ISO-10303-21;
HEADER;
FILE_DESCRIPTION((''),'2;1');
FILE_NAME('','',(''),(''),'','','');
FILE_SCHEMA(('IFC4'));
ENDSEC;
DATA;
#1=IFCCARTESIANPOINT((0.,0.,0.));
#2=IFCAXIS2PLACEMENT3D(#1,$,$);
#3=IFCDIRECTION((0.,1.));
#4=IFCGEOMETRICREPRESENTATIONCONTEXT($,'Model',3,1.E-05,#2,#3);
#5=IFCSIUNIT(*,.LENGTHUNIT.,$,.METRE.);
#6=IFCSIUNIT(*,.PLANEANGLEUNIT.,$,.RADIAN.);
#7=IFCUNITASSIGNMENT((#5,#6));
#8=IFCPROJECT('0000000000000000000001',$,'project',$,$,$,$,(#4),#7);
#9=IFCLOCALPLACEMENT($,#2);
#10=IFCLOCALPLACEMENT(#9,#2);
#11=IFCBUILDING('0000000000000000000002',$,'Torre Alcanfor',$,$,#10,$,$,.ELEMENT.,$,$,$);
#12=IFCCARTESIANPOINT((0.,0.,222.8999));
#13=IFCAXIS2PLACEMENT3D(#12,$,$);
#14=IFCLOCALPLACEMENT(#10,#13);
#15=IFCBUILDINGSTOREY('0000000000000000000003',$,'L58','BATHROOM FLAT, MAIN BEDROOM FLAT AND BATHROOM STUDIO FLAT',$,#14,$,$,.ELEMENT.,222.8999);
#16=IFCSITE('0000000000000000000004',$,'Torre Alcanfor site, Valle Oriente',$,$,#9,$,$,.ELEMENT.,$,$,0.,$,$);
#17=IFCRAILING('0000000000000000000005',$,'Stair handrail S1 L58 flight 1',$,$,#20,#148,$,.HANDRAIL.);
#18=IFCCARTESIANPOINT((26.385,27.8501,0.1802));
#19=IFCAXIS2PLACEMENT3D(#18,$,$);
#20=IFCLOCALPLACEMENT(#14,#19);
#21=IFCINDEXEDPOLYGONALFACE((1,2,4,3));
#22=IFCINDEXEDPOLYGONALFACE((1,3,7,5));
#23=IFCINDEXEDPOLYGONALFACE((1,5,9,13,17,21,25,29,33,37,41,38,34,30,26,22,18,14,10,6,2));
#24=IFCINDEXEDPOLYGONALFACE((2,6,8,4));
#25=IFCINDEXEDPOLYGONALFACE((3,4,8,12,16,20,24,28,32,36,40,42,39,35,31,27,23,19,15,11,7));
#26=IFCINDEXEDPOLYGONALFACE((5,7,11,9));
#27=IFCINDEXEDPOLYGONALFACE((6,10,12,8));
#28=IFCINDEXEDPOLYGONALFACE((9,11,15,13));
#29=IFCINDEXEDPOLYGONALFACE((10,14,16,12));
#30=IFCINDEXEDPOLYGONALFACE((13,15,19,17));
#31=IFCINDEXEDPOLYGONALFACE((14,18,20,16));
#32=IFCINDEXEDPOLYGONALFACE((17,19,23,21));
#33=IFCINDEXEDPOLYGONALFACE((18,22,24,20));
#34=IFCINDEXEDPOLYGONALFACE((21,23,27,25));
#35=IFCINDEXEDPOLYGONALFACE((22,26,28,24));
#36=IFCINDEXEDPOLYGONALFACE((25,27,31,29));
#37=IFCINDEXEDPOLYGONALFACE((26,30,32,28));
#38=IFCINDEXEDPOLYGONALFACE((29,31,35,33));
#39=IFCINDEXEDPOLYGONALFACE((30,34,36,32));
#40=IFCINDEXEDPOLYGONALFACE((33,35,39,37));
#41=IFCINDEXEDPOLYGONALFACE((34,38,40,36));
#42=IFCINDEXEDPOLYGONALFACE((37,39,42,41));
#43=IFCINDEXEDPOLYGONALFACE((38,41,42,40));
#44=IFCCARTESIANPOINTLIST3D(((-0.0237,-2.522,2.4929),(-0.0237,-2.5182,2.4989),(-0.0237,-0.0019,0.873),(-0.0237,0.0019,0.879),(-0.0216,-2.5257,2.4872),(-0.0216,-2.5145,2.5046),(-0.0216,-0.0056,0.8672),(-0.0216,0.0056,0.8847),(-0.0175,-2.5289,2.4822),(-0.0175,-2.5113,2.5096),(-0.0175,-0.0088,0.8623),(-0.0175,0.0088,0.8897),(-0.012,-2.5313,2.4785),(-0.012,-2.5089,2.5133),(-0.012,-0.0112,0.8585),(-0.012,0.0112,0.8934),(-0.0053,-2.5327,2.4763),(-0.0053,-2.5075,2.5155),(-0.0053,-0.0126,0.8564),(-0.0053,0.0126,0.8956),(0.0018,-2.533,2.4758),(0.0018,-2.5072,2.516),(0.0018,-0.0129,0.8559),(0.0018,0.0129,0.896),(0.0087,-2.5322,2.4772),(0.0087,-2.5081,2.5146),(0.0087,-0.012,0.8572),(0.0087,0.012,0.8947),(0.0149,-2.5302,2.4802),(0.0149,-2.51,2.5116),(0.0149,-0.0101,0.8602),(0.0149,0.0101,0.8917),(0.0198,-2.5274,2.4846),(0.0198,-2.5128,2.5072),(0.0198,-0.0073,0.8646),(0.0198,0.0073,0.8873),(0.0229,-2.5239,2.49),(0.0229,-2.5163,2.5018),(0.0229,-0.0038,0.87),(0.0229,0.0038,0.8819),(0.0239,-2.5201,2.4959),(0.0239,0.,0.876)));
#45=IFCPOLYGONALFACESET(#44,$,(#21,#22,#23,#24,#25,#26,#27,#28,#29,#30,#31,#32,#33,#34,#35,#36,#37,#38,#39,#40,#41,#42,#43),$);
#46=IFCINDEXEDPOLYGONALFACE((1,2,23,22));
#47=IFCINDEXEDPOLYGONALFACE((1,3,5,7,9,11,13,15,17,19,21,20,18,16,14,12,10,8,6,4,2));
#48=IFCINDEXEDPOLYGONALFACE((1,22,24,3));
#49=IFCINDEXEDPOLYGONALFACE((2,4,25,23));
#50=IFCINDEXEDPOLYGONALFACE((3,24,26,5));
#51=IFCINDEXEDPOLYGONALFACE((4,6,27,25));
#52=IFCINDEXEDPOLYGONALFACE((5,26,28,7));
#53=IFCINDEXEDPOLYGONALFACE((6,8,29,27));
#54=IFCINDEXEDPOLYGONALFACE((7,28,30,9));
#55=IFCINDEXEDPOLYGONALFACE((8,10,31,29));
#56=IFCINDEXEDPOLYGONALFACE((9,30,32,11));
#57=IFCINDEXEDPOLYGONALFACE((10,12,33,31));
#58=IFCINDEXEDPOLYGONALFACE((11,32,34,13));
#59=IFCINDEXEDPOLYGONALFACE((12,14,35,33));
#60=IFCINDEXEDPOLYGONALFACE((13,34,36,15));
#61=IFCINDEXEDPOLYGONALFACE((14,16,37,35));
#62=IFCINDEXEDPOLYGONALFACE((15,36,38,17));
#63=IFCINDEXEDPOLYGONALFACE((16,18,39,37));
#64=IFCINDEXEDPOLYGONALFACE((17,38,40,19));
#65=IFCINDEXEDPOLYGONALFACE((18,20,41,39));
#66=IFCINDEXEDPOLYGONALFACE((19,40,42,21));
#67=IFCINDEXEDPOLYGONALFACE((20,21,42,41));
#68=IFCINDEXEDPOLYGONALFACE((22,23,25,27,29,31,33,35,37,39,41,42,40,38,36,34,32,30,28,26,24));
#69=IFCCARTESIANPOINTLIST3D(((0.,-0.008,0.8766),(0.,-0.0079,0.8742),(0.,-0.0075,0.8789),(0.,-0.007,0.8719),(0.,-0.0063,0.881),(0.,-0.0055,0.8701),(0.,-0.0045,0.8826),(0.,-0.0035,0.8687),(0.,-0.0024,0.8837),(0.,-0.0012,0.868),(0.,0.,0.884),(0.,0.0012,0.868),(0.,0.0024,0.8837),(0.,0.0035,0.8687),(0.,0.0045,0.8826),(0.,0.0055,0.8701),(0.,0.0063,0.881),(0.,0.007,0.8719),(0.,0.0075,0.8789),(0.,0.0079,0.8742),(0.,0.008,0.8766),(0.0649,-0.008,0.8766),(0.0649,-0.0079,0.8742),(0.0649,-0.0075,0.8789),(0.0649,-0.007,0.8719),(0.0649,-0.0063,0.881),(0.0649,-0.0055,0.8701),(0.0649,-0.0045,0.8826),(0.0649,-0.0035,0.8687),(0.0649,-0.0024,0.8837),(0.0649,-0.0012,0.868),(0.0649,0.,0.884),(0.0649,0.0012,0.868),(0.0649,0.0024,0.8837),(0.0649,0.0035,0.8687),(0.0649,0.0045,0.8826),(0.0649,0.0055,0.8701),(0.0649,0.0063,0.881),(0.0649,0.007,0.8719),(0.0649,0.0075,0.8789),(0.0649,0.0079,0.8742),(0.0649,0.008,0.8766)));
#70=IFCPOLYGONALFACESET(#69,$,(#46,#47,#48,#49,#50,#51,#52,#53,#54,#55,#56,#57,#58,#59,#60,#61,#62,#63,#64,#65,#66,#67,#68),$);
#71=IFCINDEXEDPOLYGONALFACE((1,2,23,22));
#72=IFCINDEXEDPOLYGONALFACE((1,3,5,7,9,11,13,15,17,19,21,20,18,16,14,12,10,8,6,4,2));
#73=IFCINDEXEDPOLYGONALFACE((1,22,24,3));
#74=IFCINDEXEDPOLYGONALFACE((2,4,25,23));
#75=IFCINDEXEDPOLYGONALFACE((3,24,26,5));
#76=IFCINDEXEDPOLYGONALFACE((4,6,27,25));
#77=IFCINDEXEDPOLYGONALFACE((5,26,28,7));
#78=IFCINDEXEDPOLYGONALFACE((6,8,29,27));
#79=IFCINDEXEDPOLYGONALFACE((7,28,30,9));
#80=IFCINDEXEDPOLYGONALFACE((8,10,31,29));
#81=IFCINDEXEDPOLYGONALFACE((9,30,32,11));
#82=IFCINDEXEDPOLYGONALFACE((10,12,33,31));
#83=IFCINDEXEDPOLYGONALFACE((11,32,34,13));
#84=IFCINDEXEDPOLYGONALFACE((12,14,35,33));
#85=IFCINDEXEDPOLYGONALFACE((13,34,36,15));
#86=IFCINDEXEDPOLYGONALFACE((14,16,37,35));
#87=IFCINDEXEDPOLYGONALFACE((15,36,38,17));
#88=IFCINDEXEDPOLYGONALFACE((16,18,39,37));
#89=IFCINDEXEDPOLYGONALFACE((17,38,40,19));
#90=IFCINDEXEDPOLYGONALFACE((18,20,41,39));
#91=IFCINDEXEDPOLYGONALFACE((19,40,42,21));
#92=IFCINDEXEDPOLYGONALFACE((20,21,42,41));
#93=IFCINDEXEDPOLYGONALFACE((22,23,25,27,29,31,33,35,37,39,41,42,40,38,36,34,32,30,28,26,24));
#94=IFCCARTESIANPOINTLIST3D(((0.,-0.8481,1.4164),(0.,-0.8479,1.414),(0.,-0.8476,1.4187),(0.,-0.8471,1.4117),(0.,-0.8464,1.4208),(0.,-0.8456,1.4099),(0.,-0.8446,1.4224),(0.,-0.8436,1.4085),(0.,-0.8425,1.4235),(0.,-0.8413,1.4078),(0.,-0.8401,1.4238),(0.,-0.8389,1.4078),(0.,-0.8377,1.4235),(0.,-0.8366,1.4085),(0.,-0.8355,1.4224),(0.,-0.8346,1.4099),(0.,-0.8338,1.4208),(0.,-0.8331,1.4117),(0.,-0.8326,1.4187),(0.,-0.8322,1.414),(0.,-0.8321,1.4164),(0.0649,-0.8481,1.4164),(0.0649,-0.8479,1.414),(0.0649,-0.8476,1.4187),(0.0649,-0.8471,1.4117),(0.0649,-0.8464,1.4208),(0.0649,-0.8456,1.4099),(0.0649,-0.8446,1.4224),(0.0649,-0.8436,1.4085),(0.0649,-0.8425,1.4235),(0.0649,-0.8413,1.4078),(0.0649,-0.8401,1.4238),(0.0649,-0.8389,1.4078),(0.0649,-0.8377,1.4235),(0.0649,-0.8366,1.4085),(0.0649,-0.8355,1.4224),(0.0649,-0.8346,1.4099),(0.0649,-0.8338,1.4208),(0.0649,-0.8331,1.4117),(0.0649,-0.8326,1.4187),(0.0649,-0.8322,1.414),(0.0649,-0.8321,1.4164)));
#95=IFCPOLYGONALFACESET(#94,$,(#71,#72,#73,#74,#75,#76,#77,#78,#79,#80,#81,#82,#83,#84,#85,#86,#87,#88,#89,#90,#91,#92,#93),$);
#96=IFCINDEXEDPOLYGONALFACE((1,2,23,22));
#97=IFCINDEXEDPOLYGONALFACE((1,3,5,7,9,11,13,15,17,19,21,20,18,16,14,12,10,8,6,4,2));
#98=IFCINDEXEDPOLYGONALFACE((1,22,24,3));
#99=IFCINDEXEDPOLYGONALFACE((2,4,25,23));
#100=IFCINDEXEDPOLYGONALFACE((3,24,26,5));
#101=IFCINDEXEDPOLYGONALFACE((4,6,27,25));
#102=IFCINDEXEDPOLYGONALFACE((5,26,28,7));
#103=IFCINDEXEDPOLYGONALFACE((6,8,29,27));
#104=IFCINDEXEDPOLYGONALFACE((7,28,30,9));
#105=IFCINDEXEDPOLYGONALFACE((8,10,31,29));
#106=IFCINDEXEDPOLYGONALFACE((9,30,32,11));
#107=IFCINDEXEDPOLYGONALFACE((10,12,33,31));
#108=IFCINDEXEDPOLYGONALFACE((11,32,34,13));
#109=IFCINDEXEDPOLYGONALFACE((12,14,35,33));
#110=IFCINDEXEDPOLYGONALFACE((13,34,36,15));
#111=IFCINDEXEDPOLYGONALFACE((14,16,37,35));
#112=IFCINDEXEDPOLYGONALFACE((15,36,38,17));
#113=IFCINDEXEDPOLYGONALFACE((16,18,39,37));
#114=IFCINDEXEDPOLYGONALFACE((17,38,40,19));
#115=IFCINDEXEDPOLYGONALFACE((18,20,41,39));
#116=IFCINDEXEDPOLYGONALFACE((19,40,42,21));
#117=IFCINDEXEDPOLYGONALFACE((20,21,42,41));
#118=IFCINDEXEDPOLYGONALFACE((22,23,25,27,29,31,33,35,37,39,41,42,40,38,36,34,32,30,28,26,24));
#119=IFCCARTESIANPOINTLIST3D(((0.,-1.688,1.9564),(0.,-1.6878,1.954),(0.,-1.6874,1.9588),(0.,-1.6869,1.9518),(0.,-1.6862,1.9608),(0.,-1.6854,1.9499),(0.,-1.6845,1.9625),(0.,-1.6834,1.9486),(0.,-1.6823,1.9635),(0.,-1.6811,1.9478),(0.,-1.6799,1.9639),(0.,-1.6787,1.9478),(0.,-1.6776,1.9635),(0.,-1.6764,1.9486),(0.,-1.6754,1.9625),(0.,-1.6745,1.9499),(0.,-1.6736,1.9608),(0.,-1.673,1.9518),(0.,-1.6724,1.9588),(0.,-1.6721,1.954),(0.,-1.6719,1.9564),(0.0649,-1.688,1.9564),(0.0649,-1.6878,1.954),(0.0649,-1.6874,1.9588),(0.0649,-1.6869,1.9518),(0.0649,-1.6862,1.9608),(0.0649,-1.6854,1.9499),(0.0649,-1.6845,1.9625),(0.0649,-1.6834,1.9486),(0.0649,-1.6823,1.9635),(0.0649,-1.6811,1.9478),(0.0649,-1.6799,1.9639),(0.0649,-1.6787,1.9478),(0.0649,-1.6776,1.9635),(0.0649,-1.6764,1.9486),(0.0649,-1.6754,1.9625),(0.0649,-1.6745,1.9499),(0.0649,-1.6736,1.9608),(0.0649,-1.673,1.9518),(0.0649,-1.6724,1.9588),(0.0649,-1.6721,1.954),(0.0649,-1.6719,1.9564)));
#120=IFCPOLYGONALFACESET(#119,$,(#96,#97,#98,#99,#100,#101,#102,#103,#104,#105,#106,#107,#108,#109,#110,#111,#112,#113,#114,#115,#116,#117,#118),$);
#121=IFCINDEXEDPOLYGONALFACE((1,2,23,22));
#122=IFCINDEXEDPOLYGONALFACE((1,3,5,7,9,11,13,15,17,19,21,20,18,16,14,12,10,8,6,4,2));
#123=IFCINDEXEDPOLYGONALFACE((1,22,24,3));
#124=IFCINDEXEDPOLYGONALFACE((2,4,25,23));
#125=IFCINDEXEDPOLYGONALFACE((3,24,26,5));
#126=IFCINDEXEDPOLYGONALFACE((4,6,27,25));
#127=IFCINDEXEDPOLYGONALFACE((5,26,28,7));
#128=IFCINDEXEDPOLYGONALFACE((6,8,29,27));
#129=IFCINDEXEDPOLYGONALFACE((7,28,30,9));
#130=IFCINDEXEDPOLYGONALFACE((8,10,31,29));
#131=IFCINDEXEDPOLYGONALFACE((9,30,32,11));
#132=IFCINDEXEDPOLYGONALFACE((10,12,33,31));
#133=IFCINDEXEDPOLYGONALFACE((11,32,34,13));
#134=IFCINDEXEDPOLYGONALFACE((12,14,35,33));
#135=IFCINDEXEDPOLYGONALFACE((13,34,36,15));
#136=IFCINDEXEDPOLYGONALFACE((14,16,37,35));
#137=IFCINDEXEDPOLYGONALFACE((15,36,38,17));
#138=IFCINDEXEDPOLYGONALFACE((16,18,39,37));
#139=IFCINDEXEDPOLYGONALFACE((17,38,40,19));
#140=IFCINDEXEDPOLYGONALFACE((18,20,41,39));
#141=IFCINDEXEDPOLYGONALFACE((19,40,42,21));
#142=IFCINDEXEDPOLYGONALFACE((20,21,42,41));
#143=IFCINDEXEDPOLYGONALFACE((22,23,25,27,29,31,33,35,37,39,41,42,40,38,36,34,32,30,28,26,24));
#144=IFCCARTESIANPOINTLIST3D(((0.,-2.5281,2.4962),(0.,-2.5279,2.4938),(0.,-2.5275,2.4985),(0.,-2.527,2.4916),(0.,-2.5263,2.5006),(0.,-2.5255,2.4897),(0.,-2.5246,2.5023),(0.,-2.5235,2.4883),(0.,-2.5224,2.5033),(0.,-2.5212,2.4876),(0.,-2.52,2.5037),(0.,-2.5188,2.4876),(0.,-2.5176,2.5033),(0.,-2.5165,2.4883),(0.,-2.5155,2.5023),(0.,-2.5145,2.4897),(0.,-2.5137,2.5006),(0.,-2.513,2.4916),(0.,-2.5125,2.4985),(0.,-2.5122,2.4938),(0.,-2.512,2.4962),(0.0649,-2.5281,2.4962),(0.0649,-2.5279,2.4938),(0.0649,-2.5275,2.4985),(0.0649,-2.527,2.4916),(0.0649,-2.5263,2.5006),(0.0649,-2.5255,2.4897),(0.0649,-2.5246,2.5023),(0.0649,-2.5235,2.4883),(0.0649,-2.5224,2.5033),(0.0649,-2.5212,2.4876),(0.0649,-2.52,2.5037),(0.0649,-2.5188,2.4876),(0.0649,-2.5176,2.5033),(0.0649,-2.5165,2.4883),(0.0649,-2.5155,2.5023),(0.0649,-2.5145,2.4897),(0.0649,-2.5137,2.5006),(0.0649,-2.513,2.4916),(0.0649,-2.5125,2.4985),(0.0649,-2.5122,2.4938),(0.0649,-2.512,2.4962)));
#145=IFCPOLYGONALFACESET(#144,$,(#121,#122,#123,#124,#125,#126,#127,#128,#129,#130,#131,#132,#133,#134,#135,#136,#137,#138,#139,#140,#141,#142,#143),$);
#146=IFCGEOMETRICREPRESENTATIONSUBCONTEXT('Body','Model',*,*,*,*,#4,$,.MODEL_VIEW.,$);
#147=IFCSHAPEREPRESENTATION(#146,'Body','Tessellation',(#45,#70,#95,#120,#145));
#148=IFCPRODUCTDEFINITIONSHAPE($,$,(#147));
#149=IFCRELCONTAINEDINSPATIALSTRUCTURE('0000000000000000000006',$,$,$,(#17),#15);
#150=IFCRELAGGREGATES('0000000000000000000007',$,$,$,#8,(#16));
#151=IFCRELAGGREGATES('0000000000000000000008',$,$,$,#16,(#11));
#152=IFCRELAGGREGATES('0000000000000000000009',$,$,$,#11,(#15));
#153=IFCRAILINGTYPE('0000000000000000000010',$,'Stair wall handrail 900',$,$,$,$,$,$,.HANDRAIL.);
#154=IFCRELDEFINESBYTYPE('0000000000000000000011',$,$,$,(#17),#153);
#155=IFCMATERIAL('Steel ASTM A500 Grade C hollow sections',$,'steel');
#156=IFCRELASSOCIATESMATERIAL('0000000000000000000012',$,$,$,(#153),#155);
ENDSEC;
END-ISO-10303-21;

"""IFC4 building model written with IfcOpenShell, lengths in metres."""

from ifc_helpers import new_model, si_unit, direction, frame, origin, origin_2d, place, context, subcontext, project, spatial, circle, extrude, material, type_object, element, save


model = new_model("IFC4")

# Units and contexts
model_context = context("Model", 3, precision=1e-05, world=origin(), true_north=direction((0.0, 1.0)))
body_context = subcontext(model_context, "Body", "Model", "MODEL_VIEW")
ifc_project = project(units=[si_unit("LENGTHUNIT", "METRE"), si_unit("PLANEANGLEUNIT", "RADIAN")], contexts=[model_context])

# Site, building, storey
site_placement = place(None, origin())
site = spatial("IfcSite", under=ifc_project, at=site_placement, Name="Torre Alcanfor site, Valle Oriente", CompositionType="ELEMENT", RefElevation=0.0)
building_placement = place(site_placement, origin())
building = spatial("IfcBuilding", under=site, at=building_placement, Name="Torre Alcanfor", CompositionType="ELEMENT")
storey_placement = place(building_placement, frame((0.0, 0.0, 222.8999)))
storey = spatial("IfcBuildingStorey", under=building, at=storey_placement, Name="L58", Description="BATHROOM FLAT, MAIN BEDROOM FLAT AND BATHROOM STUDIO FLAT", CompositionType="ELEMENT", Elevation=222.8999)

# Railing
ifc_material_1 = material(Name="Steel ASTM A500 Grade C hollow sections", Category="steel")
railing_type = type_object("IfcRailingType", Name="Stair wall handrail 900", PredefinedType="HANDRAIL", material=ifc_material_1)
railing_placement = place(storey_placement, frame((26.385, 27.8501, 0.1802)))
element("IfcRailing", 1, at=railing_placement, inside=storey, type_object=railing_type, Name="Stair handrail S1 L58 flight 1", PredefinedType="HANDRAIL", context=body_context, shape_type="SweptSolid", body=[
    extrude(circle(Radius=0.0239, at=origin_2d()), frame((0.0, 0.0, 0.876), z_axis=(0.0, -0.8412, 0.540725), x_axis=(1.0, 0.0, 0.0)), (0.0, 0.0, 1.0), 2.9958),
    extrude(circle(Radius=0.0081, at=origin_2d()), frame((0.0, 0.0, 0.876), z_axis=(1.0, 0.0, 0.0), x_axis=(0.0, 0.0, 1.0)), (0.0, 0.0, 1.0), 0.0649),
    extrude(circle(Radius=0.0081, at=origin_2d()), frame((0.0, -0.8401, 1.4158), z_axis=(1.0, 0.0, 0.0), x_axis=(0.0, 0.0, 1.0)), (0.0, 0.0, 1.0), 0.0649),
    extrude(circle(Radius=0.0081, at=origin_2d()), frame((0.0, -1.6799, 1.9558), z_axis=(1.0, 0.0, 0.0), x_axis=(0.0, 0.0, 1.0)), (0.0, 0.0, 1.0), 0.0649),
    extrude(circle(Radius=0.0081, at=origin_2d()), frame((0.0, -2.52, 2.4956), z_axis=(1.0, 0.0, 0.0), x_axis=(0.0, 0.0, 1.0)), (0.0, 0.0, 1.0), 0.0649),
])

save(model, "model.ifc")
